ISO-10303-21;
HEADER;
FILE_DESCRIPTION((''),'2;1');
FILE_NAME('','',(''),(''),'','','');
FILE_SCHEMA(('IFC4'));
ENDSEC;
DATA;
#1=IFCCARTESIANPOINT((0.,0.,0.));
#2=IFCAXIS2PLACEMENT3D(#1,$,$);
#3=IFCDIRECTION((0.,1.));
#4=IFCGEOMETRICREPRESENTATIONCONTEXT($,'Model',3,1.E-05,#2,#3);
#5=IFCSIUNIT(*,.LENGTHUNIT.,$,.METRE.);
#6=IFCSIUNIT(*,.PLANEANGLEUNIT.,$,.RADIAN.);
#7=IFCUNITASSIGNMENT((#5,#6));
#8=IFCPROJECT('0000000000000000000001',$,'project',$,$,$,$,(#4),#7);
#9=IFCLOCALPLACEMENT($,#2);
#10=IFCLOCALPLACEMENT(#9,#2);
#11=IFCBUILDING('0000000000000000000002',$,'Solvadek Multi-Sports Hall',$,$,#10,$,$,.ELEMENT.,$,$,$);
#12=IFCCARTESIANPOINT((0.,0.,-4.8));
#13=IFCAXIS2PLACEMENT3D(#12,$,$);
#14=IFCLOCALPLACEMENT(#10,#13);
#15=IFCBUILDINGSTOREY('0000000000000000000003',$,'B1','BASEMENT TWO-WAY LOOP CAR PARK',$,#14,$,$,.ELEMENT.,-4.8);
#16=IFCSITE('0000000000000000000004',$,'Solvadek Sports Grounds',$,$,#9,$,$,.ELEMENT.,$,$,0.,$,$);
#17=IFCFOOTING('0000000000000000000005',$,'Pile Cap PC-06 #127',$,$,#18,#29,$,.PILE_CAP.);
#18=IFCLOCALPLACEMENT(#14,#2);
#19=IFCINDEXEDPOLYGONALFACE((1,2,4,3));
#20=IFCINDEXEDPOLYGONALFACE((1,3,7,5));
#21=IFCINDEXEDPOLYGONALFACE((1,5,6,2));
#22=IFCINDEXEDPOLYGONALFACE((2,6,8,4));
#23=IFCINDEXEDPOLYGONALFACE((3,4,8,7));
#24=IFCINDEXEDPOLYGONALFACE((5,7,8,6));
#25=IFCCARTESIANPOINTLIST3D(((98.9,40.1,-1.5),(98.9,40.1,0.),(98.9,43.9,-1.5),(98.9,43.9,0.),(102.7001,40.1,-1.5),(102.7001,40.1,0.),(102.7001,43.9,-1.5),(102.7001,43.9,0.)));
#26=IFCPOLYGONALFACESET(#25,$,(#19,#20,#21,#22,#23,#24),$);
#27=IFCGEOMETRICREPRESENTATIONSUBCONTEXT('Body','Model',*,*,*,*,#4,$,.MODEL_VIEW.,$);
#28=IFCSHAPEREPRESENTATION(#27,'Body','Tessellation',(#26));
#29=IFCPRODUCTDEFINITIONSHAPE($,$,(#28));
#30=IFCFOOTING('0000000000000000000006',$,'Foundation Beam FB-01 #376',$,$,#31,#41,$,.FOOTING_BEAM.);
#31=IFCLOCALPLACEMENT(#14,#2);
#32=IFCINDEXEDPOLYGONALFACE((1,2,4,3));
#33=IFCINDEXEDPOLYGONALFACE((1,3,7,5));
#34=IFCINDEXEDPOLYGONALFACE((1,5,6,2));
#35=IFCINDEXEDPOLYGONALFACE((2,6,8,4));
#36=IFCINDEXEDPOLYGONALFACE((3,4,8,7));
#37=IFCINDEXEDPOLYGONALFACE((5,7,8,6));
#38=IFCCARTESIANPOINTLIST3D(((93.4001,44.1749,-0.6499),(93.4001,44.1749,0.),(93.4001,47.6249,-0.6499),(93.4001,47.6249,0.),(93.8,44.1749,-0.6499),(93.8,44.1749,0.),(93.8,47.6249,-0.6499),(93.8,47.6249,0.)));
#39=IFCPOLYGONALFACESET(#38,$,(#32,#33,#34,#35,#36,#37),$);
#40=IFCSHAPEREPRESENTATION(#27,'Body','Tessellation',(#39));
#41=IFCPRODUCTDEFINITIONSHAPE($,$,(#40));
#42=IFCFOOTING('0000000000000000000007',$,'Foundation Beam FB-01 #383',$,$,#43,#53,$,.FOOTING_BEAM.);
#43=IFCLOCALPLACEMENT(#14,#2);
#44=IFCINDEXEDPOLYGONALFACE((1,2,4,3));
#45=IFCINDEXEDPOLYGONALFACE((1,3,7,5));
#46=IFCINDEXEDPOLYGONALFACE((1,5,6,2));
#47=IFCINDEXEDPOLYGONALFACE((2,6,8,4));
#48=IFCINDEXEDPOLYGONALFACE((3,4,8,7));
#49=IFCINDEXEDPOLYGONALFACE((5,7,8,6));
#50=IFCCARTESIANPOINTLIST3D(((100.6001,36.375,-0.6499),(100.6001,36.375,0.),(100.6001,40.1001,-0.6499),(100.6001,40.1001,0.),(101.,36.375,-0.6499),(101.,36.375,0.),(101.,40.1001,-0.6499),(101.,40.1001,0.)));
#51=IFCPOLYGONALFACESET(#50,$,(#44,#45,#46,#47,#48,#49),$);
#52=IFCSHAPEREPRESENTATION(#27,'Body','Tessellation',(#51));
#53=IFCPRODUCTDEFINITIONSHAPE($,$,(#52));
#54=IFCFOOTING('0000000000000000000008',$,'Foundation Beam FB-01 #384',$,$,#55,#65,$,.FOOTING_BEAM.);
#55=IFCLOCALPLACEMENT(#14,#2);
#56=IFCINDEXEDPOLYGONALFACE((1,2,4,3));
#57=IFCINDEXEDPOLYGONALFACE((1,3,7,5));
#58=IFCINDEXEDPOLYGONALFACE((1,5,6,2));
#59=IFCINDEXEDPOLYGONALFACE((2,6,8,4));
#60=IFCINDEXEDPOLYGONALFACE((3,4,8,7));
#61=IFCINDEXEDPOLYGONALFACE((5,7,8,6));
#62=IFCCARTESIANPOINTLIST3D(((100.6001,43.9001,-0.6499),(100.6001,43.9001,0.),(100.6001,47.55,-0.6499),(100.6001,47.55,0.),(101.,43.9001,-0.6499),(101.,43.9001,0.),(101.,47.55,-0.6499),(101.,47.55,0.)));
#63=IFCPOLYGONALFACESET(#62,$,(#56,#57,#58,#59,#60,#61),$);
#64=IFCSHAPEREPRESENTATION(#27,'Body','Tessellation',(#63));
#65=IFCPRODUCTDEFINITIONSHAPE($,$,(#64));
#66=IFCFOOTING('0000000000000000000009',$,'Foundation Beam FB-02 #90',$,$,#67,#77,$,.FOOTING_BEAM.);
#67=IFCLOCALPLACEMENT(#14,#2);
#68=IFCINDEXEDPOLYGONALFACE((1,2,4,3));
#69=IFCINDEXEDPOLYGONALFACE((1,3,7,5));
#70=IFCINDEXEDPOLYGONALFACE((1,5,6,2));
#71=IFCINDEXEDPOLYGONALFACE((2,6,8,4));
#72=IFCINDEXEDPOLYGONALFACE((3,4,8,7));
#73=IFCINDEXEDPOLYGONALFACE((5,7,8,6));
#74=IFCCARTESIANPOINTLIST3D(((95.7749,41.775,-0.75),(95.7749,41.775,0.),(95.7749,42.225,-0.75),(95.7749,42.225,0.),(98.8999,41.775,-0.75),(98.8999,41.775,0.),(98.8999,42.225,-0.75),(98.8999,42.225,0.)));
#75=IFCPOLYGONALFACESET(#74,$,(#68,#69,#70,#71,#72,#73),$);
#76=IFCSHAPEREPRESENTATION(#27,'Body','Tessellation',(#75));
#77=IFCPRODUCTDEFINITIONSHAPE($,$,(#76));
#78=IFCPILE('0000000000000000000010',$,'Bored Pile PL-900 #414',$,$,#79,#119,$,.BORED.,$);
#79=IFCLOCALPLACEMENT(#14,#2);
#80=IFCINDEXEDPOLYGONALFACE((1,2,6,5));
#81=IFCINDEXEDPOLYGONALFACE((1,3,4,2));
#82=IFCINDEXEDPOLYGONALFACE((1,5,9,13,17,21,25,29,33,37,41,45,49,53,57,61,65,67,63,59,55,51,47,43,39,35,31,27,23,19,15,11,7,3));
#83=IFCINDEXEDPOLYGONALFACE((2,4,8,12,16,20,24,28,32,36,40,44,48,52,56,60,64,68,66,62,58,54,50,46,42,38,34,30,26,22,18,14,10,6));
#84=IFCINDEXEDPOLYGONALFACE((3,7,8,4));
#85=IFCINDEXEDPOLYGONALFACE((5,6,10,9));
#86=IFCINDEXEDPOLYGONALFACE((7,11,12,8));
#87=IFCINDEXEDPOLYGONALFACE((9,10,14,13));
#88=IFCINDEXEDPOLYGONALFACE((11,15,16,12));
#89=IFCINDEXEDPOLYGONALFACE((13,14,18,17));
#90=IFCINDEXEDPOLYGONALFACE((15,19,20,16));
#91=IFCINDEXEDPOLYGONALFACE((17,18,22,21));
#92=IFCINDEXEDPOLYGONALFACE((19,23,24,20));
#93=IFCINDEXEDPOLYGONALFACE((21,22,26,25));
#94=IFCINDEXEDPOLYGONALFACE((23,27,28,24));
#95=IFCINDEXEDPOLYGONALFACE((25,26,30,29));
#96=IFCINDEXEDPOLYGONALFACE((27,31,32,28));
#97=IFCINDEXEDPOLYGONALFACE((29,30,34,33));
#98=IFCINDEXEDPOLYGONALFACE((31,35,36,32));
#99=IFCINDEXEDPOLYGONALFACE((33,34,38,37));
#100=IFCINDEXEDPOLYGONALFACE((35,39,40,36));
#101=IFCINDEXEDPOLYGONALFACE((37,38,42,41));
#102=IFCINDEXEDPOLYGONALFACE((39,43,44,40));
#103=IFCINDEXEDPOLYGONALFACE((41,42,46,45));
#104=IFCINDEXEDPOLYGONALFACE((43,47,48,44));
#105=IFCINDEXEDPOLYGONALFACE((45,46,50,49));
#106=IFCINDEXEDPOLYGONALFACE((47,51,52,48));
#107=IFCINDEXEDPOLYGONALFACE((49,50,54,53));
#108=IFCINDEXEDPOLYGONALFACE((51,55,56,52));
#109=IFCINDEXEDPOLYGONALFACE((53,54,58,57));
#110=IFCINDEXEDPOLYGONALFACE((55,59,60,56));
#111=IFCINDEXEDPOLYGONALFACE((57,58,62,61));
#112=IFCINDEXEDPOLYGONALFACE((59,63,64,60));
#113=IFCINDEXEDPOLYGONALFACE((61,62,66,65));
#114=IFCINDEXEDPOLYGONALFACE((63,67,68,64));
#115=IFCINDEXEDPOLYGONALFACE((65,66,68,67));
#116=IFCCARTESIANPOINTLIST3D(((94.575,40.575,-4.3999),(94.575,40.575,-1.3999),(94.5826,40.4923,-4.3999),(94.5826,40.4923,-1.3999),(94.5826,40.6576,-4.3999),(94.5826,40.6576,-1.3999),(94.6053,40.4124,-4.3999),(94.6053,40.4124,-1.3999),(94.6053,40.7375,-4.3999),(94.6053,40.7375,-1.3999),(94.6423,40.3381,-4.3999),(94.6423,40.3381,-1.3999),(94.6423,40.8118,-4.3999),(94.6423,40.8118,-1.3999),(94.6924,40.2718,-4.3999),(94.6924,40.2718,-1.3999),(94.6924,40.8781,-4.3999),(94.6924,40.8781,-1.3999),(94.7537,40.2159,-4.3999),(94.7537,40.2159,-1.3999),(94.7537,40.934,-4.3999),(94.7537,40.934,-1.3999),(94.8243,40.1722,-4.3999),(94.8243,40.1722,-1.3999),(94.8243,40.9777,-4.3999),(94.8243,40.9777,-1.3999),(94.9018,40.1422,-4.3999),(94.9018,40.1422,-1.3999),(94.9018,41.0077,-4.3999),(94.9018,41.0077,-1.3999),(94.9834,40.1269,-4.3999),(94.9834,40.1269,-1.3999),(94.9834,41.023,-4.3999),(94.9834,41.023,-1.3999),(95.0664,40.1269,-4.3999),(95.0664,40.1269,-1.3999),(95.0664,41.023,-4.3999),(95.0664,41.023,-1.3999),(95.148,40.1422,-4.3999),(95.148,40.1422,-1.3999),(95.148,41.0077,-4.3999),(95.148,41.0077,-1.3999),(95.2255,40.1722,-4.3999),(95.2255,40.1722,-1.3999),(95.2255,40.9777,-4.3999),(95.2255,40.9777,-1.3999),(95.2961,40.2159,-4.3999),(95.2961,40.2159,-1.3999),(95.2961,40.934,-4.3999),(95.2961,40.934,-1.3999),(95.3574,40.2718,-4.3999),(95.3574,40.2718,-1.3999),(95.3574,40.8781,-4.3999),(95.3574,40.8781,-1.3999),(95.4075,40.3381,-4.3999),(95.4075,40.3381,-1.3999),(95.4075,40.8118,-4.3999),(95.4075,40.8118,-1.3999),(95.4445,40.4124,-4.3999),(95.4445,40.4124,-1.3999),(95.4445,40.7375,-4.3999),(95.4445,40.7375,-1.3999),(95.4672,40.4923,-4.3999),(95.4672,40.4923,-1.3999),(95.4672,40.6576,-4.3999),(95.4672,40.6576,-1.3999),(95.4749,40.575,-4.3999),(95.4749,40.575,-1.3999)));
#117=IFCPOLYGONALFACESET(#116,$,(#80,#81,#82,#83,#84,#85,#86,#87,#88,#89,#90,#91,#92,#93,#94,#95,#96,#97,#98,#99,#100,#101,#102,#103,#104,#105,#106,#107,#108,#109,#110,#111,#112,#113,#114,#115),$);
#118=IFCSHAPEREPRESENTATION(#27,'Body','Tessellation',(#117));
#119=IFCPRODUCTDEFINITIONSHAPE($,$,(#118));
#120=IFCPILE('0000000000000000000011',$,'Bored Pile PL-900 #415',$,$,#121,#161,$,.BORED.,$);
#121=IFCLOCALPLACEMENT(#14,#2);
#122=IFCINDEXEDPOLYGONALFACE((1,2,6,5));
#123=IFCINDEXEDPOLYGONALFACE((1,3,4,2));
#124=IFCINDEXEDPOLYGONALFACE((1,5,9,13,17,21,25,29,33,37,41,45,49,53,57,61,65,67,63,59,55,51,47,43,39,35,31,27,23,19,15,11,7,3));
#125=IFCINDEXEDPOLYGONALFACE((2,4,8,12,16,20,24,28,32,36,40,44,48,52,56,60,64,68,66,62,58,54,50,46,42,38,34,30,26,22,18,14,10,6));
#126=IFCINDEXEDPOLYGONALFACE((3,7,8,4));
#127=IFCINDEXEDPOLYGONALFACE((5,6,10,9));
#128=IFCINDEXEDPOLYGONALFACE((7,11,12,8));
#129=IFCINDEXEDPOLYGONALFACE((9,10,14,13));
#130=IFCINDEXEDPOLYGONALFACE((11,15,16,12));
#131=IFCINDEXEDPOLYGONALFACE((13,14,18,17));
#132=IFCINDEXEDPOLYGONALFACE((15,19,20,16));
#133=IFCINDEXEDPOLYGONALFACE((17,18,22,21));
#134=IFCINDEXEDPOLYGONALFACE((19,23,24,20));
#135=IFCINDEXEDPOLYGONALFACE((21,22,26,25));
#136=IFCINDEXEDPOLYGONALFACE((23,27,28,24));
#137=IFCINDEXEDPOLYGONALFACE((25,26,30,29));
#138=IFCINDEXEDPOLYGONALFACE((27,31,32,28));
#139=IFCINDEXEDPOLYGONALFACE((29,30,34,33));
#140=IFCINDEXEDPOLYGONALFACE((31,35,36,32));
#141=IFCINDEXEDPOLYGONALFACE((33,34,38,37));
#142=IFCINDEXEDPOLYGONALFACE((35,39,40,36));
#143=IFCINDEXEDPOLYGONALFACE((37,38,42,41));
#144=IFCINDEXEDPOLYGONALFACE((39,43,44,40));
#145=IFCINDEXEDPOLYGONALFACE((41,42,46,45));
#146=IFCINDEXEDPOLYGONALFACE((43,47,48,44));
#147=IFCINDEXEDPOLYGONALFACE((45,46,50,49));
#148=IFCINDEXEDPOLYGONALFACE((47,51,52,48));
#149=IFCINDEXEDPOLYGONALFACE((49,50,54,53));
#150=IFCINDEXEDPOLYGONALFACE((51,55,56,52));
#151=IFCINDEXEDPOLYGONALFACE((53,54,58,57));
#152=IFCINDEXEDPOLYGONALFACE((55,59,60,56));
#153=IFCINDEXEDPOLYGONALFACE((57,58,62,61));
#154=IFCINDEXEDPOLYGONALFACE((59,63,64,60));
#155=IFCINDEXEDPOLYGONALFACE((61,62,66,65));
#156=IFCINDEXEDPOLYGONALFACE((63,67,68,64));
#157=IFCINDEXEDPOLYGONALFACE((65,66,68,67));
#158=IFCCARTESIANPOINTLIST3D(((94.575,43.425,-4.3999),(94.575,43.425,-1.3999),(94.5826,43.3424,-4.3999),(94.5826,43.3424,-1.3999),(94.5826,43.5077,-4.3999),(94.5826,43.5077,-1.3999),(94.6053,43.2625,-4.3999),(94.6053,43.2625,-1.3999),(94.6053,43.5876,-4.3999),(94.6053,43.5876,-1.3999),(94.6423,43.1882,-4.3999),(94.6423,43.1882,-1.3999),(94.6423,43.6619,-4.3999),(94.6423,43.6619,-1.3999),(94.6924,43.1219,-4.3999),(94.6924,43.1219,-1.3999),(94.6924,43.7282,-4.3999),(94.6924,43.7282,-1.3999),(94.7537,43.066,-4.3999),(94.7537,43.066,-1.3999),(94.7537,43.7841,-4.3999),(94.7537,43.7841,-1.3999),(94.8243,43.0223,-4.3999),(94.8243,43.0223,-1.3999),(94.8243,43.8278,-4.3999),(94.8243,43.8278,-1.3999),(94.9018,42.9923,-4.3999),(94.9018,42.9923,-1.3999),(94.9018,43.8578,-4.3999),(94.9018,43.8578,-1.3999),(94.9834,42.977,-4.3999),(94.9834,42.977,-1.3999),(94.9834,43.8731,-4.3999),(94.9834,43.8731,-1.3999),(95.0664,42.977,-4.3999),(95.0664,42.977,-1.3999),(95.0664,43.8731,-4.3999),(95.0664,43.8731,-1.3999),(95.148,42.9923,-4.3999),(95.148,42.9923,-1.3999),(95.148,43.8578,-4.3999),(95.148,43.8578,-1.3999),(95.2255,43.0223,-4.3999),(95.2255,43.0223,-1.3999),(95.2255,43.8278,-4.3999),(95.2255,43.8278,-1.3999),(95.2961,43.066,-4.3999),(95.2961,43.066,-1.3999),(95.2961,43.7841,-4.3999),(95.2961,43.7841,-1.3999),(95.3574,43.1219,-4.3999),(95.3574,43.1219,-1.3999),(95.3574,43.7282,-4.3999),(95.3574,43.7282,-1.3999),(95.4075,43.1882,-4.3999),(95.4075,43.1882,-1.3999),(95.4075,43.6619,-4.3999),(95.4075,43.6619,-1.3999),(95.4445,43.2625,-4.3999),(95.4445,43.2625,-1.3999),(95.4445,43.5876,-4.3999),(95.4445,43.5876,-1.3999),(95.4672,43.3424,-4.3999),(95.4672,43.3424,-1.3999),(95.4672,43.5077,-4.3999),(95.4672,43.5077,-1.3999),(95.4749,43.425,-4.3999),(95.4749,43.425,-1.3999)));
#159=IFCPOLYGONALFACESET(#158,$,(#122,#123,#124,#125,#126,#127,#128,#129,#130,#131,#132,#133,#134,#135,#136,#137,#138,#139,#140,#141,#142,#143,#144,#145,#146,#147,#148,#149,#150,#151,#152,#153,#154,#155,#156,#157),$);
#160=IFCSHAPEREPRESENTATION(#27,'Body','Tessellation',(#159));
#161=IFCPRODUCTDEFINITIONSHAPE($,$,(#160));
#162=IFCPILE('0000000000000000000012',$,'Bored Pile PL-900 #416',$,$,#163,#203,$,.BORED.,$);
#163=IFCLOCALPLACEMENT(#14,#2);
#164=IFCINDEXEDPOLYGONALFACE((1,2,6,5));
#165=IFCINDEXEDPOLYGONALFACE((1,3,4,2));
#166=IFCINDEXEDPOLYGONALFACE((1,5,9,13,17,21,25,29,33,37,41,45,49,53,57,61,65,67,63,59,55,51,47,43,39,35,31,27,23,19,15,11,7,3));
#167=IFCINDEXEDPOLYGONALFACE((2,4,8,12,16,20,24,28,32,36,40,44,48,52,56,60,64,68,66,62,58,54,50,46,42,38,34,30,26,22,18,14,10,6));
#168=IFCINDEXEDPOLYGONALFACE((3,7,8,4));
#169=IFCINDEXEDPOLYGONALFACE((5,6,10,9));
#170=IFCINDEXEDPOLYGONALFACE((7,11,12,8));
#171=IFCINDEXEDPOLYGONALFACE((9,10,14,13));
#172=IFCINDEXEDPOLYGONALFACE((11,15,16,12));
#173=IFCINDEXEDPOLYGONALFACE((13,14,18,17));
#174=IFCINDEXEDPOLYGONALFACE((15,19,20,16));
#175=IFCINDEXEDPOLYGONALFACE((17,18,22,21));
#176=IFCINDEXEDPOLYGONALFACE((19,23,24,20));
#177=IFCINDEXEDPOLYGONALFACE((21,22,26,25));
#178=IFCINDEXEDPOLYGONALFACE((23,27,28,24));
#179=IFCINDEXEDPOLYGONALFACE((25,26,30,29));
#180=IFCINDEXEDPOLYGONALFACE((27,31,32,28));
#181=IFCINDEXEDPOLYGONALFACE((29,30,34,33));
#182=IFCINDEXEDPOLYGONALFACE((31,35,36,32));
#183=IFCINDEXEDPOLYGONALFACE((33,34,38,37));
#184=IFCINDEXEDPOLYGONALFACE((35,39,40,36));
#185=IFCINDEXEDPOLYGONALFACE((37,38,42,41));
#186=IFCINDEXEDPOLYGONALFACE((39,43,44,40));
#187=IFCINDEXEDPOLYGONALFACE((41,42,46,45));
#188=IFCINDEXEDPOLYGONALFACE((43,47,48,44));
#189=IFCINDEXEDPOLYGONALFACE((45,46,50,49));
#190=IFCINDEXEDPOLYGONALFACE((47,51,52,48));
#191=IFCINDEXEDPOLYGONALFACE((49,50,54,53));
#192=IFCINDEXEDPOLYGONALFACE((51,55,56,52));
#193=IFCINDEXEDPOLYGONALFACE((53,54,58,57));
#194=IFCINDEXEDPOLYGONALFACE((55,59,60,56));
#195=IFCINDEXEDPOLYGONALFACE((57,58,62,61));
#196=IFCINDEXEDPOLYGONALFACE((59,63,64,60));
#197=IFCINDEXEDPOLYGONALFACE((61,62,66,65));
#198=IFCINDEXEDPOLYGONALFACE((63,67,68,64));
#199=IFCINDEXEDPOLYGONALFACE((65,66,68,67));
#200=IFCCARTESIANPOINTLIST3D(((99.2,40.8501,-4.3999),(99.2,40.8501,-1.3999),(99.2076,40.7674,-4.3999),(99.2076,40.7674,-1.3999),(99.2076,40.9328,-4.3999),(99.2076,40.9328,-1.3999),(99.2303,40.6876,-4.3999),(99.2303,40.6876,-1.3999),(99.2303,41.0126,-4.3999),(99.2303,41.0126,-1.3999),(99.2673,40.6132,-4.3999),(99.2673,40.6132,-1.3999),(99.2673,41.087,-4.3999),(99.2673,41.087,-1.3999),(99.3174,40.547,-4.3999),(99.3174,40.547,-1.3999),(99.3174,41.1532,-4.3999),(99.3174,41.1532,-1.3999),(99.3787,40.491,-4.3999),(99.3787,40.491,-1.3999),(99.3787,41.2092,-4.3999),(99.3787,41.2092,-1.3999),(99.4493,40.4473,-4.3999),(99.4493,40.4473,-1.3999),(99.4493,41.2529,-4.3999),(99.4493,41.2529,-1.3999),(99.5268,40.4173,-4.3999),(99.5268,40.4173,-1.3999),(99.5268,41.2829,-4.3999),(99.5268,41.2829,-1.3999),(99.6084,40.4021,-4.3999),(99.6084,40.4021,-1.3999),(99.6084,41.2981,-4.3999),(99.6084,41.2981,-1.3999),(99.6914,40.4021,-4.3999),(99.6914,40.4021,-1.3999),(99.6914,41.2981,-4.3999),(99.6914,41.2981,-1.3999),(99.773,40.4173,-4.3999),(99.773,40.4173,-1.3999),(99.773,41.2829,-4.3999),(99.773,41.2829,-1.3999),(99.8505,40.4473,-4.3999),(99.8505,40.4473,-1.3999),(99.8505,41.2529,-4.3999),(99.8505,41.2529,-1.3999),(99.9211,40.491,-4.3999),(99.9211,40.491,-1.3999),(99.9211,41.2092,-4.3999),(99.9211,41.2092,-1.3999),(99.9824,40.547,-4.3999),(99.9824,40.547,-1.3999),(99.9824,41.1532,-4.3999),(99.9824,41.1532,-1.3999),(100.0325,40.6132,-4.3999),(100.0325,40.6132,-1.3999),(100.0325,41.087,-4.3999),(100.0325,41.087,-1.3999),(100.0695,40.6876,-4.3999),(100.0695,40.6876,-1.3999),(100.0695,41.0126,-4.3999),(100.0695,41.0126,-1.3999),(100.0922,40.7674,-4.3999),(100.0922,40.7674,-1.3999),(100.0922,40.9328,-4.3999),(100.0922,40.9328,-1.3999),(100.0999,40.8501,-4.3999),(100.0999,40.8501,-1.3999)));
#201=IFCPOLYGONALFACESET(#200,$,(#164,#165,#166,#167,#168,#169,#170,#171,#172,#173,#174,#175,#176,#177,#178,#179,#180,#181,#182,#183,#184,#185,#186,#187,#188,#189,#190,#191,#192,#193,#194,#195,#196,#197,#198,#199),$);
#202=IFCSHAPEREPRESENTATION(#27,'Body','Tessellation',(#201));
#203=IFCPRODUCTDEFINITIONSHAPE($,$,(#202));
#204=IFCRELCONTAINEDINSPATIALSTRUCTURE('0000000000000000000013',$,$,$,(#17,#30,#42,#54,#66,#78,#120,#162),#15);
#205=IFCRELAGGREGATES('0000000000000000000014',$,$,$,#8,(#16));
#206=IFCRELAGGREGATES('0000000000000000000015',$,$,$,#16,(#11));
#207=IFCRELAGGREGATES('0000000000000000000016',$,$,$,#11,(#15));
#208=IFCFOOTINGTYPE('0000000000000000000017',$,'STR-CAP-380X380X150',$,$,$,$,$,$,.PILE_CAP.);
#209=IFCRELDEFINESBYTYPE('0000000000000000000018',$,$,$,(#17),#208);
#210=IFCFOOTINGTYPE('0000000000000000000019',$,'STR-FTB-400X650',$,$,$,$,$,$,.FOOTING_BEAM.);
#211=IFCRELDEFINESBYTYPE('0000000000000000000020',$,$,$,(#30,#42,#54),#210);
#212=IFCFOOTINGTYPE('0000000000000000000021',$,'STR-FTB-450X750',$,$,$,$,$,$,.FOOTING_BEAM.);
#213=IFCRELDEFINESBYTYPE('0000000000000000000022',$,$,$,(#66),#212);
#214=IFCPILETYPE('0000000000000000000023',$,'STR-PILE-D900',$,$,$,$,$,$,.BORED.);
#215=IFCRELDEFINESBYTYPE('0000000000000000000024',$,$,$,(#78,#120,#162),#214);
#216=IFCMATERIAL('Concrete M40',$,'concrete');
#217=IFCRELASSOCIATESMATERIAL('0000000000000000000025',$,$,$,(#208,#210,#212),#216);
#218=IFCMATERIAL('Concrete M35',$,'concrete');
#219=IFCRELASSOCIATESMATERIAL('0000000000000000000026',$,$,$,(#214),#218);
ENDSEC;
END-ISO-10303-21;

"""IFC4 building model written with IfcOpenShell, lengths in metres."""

from ifc_helpers import new_model, si_unit, direction, frame, origin, origin_2d, place, context, subcontext, project, spatial, rectangle, circle, extrude, material, material_profile, profile_set, type_object, element, save


model = new_model("IFC4")

# Units and contexts
model_context = context("Model", 3, precision=1e-05, world=origin(), true_north=direction((0.0, 1.0)))
body_context = subcontext(model_context, "Body", "Model", "MODEL_VIEW")
ifc_project = project(units=[si_unit("LENGTHUNIT", "METRE"), si_unit("PLANEANGLEUNIT", "RADIAN")], contexts=[model_context])

# Site, building, storey
site_placement = place(None, origin())
site = spatial("IfcSite", under=ifc_project, at=site_placement, Name="Solvadek Sports Grounds", CompositionType="ELEMENT", RefElevation=0.0)
building_placement = place(site_placement, origin())
building = spatial("IfcBuilding", under=site, at=building_placement, Name="Solvadek Multi-Sports Hall", CompositionType="ELEMENT")
storey_placement = place(building_placement, frame((0.0, 0.0, -4.8)))
storey = spatial("IfcBuildingStorey", under=building, at=storey_placement, Name="B1", Description="BASEMENT TWO-WAY LOOP CAR PARK", CompositionType="ELEMENT", Elevation=-4.8)

# Footings
ifc_material_1 = material(Name="Concrete M40", Category="concrete")
footing_type_1 = type_object("IfcFootingType", Name="STR-CAP-380X380X150", PredefinedType="PILE_CAP", material=ifc_material_1)
footing_1_placement = place(storey_placement, frame((100.8, 42.0, -1.5), z_axis=(0.0, 0.0, 1.0), x_axis=(1.0, 0.0, 0.0)))
element("IfcFooting", 1, at=footing_1_placement, inside=storey, type_object=footing_type_1, Name="Pile Cap PC-06 #127", PredefinedType="PILE_CAP", context=body_context, shape_type="SweptSolid", body=[
    extrude(rectangle(XDim=3.8, YDim=3.8, at=origin_2d()), origin(), (0.0, 0.0, 1.0), 1.5),
])
footing_type_2 = type_object("IfcFootingType", Name="STR-FTB-400X650", PredefinedType="FOOTING_BEAM", material=ifc_material_1)
footing_2_placement = place(storey_placement, frame((93.6001, 45.8999, -0.6499), z_axis=(0.0, 0.0, 1.0), x_axis=(0.0, 1.0, 0.0)))
element("IfcFooting", 2, at=footing_2_placement, inside=storey, type_object=footing_type_2, Name="Foundation Beam FB-01 #376", PredefinedType="FOOTING_BEAM", context=body_context, shape_type="SweptSolid", body=[
    extrude(rectangle(XDim=3.45, YDim=0.3999, at=origin_2d()), origin(), (0.0, 0.0, 1.0), 0.6499),
])
footing_3_placement = place(storey_placement, frame((100.8, 38.2375, -0.6499), z_axis=(0.0, 0.0, 1.0), x_axis=(0.0, 1.0, 0.0)))
element("IfcFooting", 3, at=footing_3_placement, inside=storey, type_object=footing_type_2, Name="Foundation Beam FB-01 #383", PredefinedType="FOOTING_BEAM", context=body_context, shape_type="SweptSolid", body=[
    extrude(rectangle(XDim=3.7251, YDim=0.3999, at=origin_2d()), origin(), (0.0, 0.0, 1.0), 0.6499),
])
footing_4_placement = place(storey_placement, frame((100.8, 45.7251, -0.6499), z_axis=(0.0, 0.0, 1.0), x_axis=(0.0, 1.0, 0.0)))
element("IfcFooting", 4, at=footing_4_placement, inside=storey, type_object=footing_type_2, Name="Foundation Beam FB-01 #384", PredefinedType="FOOTING_BEAM", context=body_context, shape_type="SweptSolid", body=[
    extrude(rectangle(XDim=3.6499, YDim=0.3999, at=origin_2d()), origin(), (0.0, 0.0, 1.0), 0.6499),
])
footing_type_3 = type_object("IfcFootingType", Name="STR-FTB-450X750", PredefinedType="FOOTING_BEAM", material=ifc_material_1)
footing_5_placement = place(storey_placement, frame((97.3374, 42.0, -0.75), z_axis=(0.0, 0.0, 1.0), x_axis=(1.0, 0.0, 0.0)))
element("IfcFooting", 5, at=footing_5_placement, inside=storey, type_object=footing_type_3, Name="Foundation Beam FB-02 #90", PredefinedType="FOOTING_BEAM", context=body_context, shape_type="SweptSolid", body=[
    extrude(rectangle(XDim=3.125, YDim=0.45, at=origin_2d()), origin(), (0.0, 0.0, 1.0), 0.75),
])

# Piles
ifc_material_2 = material(Name="Concrete M35", Category="concrete")
ifc_material_profile_1 = material_profile(ifc_material_2, circle(Radius=0.45, at=origin_2d()), Name="BORED PILE D900")
ifc_profile_set_1 = profile_set([ifc_material_profile_1], Name="Concrete M35")
pile_type = type_object("IfcPileType", Name="STR-PILE-D900", PredefinedType="BORED", material=ifc_profile_set_1)
for number, where, z_axis, x_axis, name in (
    (6, (95.0249, 40.575, -1.3999), (0.0, 0.0, -1.0), (1.0, 0.0, 0.0), "Bored Pile PL-900 #414"),
    (7, (95.0249, 43.425, -1.3999), (0.0, 0.0, -1.0), (1.0, 0.0, 0.0), "Bored Pile PL-900 #415"),
    (8, (99.6499, 40.8501, -1.3999), (0.0, 0.0, -1.0), (1.0, 0.0, 0.0), "Bored Pile PL-900 #416"),
):
    element("IfcPile", number, at=place(storey_placement, frame(where, z_axis=z_axis, x_axis=x_axis)), inside=storey, type_object=pile_type, Name=name, PredefinedType="BORED", context=body_context, shape_type="SweptSolid", body=[
        extrude(circle(Radius=0.45, at=origin_2d()), origin(), (0.0, 0.0, 1.0), 3.0),
    ])

save(model, "model.ifc")
